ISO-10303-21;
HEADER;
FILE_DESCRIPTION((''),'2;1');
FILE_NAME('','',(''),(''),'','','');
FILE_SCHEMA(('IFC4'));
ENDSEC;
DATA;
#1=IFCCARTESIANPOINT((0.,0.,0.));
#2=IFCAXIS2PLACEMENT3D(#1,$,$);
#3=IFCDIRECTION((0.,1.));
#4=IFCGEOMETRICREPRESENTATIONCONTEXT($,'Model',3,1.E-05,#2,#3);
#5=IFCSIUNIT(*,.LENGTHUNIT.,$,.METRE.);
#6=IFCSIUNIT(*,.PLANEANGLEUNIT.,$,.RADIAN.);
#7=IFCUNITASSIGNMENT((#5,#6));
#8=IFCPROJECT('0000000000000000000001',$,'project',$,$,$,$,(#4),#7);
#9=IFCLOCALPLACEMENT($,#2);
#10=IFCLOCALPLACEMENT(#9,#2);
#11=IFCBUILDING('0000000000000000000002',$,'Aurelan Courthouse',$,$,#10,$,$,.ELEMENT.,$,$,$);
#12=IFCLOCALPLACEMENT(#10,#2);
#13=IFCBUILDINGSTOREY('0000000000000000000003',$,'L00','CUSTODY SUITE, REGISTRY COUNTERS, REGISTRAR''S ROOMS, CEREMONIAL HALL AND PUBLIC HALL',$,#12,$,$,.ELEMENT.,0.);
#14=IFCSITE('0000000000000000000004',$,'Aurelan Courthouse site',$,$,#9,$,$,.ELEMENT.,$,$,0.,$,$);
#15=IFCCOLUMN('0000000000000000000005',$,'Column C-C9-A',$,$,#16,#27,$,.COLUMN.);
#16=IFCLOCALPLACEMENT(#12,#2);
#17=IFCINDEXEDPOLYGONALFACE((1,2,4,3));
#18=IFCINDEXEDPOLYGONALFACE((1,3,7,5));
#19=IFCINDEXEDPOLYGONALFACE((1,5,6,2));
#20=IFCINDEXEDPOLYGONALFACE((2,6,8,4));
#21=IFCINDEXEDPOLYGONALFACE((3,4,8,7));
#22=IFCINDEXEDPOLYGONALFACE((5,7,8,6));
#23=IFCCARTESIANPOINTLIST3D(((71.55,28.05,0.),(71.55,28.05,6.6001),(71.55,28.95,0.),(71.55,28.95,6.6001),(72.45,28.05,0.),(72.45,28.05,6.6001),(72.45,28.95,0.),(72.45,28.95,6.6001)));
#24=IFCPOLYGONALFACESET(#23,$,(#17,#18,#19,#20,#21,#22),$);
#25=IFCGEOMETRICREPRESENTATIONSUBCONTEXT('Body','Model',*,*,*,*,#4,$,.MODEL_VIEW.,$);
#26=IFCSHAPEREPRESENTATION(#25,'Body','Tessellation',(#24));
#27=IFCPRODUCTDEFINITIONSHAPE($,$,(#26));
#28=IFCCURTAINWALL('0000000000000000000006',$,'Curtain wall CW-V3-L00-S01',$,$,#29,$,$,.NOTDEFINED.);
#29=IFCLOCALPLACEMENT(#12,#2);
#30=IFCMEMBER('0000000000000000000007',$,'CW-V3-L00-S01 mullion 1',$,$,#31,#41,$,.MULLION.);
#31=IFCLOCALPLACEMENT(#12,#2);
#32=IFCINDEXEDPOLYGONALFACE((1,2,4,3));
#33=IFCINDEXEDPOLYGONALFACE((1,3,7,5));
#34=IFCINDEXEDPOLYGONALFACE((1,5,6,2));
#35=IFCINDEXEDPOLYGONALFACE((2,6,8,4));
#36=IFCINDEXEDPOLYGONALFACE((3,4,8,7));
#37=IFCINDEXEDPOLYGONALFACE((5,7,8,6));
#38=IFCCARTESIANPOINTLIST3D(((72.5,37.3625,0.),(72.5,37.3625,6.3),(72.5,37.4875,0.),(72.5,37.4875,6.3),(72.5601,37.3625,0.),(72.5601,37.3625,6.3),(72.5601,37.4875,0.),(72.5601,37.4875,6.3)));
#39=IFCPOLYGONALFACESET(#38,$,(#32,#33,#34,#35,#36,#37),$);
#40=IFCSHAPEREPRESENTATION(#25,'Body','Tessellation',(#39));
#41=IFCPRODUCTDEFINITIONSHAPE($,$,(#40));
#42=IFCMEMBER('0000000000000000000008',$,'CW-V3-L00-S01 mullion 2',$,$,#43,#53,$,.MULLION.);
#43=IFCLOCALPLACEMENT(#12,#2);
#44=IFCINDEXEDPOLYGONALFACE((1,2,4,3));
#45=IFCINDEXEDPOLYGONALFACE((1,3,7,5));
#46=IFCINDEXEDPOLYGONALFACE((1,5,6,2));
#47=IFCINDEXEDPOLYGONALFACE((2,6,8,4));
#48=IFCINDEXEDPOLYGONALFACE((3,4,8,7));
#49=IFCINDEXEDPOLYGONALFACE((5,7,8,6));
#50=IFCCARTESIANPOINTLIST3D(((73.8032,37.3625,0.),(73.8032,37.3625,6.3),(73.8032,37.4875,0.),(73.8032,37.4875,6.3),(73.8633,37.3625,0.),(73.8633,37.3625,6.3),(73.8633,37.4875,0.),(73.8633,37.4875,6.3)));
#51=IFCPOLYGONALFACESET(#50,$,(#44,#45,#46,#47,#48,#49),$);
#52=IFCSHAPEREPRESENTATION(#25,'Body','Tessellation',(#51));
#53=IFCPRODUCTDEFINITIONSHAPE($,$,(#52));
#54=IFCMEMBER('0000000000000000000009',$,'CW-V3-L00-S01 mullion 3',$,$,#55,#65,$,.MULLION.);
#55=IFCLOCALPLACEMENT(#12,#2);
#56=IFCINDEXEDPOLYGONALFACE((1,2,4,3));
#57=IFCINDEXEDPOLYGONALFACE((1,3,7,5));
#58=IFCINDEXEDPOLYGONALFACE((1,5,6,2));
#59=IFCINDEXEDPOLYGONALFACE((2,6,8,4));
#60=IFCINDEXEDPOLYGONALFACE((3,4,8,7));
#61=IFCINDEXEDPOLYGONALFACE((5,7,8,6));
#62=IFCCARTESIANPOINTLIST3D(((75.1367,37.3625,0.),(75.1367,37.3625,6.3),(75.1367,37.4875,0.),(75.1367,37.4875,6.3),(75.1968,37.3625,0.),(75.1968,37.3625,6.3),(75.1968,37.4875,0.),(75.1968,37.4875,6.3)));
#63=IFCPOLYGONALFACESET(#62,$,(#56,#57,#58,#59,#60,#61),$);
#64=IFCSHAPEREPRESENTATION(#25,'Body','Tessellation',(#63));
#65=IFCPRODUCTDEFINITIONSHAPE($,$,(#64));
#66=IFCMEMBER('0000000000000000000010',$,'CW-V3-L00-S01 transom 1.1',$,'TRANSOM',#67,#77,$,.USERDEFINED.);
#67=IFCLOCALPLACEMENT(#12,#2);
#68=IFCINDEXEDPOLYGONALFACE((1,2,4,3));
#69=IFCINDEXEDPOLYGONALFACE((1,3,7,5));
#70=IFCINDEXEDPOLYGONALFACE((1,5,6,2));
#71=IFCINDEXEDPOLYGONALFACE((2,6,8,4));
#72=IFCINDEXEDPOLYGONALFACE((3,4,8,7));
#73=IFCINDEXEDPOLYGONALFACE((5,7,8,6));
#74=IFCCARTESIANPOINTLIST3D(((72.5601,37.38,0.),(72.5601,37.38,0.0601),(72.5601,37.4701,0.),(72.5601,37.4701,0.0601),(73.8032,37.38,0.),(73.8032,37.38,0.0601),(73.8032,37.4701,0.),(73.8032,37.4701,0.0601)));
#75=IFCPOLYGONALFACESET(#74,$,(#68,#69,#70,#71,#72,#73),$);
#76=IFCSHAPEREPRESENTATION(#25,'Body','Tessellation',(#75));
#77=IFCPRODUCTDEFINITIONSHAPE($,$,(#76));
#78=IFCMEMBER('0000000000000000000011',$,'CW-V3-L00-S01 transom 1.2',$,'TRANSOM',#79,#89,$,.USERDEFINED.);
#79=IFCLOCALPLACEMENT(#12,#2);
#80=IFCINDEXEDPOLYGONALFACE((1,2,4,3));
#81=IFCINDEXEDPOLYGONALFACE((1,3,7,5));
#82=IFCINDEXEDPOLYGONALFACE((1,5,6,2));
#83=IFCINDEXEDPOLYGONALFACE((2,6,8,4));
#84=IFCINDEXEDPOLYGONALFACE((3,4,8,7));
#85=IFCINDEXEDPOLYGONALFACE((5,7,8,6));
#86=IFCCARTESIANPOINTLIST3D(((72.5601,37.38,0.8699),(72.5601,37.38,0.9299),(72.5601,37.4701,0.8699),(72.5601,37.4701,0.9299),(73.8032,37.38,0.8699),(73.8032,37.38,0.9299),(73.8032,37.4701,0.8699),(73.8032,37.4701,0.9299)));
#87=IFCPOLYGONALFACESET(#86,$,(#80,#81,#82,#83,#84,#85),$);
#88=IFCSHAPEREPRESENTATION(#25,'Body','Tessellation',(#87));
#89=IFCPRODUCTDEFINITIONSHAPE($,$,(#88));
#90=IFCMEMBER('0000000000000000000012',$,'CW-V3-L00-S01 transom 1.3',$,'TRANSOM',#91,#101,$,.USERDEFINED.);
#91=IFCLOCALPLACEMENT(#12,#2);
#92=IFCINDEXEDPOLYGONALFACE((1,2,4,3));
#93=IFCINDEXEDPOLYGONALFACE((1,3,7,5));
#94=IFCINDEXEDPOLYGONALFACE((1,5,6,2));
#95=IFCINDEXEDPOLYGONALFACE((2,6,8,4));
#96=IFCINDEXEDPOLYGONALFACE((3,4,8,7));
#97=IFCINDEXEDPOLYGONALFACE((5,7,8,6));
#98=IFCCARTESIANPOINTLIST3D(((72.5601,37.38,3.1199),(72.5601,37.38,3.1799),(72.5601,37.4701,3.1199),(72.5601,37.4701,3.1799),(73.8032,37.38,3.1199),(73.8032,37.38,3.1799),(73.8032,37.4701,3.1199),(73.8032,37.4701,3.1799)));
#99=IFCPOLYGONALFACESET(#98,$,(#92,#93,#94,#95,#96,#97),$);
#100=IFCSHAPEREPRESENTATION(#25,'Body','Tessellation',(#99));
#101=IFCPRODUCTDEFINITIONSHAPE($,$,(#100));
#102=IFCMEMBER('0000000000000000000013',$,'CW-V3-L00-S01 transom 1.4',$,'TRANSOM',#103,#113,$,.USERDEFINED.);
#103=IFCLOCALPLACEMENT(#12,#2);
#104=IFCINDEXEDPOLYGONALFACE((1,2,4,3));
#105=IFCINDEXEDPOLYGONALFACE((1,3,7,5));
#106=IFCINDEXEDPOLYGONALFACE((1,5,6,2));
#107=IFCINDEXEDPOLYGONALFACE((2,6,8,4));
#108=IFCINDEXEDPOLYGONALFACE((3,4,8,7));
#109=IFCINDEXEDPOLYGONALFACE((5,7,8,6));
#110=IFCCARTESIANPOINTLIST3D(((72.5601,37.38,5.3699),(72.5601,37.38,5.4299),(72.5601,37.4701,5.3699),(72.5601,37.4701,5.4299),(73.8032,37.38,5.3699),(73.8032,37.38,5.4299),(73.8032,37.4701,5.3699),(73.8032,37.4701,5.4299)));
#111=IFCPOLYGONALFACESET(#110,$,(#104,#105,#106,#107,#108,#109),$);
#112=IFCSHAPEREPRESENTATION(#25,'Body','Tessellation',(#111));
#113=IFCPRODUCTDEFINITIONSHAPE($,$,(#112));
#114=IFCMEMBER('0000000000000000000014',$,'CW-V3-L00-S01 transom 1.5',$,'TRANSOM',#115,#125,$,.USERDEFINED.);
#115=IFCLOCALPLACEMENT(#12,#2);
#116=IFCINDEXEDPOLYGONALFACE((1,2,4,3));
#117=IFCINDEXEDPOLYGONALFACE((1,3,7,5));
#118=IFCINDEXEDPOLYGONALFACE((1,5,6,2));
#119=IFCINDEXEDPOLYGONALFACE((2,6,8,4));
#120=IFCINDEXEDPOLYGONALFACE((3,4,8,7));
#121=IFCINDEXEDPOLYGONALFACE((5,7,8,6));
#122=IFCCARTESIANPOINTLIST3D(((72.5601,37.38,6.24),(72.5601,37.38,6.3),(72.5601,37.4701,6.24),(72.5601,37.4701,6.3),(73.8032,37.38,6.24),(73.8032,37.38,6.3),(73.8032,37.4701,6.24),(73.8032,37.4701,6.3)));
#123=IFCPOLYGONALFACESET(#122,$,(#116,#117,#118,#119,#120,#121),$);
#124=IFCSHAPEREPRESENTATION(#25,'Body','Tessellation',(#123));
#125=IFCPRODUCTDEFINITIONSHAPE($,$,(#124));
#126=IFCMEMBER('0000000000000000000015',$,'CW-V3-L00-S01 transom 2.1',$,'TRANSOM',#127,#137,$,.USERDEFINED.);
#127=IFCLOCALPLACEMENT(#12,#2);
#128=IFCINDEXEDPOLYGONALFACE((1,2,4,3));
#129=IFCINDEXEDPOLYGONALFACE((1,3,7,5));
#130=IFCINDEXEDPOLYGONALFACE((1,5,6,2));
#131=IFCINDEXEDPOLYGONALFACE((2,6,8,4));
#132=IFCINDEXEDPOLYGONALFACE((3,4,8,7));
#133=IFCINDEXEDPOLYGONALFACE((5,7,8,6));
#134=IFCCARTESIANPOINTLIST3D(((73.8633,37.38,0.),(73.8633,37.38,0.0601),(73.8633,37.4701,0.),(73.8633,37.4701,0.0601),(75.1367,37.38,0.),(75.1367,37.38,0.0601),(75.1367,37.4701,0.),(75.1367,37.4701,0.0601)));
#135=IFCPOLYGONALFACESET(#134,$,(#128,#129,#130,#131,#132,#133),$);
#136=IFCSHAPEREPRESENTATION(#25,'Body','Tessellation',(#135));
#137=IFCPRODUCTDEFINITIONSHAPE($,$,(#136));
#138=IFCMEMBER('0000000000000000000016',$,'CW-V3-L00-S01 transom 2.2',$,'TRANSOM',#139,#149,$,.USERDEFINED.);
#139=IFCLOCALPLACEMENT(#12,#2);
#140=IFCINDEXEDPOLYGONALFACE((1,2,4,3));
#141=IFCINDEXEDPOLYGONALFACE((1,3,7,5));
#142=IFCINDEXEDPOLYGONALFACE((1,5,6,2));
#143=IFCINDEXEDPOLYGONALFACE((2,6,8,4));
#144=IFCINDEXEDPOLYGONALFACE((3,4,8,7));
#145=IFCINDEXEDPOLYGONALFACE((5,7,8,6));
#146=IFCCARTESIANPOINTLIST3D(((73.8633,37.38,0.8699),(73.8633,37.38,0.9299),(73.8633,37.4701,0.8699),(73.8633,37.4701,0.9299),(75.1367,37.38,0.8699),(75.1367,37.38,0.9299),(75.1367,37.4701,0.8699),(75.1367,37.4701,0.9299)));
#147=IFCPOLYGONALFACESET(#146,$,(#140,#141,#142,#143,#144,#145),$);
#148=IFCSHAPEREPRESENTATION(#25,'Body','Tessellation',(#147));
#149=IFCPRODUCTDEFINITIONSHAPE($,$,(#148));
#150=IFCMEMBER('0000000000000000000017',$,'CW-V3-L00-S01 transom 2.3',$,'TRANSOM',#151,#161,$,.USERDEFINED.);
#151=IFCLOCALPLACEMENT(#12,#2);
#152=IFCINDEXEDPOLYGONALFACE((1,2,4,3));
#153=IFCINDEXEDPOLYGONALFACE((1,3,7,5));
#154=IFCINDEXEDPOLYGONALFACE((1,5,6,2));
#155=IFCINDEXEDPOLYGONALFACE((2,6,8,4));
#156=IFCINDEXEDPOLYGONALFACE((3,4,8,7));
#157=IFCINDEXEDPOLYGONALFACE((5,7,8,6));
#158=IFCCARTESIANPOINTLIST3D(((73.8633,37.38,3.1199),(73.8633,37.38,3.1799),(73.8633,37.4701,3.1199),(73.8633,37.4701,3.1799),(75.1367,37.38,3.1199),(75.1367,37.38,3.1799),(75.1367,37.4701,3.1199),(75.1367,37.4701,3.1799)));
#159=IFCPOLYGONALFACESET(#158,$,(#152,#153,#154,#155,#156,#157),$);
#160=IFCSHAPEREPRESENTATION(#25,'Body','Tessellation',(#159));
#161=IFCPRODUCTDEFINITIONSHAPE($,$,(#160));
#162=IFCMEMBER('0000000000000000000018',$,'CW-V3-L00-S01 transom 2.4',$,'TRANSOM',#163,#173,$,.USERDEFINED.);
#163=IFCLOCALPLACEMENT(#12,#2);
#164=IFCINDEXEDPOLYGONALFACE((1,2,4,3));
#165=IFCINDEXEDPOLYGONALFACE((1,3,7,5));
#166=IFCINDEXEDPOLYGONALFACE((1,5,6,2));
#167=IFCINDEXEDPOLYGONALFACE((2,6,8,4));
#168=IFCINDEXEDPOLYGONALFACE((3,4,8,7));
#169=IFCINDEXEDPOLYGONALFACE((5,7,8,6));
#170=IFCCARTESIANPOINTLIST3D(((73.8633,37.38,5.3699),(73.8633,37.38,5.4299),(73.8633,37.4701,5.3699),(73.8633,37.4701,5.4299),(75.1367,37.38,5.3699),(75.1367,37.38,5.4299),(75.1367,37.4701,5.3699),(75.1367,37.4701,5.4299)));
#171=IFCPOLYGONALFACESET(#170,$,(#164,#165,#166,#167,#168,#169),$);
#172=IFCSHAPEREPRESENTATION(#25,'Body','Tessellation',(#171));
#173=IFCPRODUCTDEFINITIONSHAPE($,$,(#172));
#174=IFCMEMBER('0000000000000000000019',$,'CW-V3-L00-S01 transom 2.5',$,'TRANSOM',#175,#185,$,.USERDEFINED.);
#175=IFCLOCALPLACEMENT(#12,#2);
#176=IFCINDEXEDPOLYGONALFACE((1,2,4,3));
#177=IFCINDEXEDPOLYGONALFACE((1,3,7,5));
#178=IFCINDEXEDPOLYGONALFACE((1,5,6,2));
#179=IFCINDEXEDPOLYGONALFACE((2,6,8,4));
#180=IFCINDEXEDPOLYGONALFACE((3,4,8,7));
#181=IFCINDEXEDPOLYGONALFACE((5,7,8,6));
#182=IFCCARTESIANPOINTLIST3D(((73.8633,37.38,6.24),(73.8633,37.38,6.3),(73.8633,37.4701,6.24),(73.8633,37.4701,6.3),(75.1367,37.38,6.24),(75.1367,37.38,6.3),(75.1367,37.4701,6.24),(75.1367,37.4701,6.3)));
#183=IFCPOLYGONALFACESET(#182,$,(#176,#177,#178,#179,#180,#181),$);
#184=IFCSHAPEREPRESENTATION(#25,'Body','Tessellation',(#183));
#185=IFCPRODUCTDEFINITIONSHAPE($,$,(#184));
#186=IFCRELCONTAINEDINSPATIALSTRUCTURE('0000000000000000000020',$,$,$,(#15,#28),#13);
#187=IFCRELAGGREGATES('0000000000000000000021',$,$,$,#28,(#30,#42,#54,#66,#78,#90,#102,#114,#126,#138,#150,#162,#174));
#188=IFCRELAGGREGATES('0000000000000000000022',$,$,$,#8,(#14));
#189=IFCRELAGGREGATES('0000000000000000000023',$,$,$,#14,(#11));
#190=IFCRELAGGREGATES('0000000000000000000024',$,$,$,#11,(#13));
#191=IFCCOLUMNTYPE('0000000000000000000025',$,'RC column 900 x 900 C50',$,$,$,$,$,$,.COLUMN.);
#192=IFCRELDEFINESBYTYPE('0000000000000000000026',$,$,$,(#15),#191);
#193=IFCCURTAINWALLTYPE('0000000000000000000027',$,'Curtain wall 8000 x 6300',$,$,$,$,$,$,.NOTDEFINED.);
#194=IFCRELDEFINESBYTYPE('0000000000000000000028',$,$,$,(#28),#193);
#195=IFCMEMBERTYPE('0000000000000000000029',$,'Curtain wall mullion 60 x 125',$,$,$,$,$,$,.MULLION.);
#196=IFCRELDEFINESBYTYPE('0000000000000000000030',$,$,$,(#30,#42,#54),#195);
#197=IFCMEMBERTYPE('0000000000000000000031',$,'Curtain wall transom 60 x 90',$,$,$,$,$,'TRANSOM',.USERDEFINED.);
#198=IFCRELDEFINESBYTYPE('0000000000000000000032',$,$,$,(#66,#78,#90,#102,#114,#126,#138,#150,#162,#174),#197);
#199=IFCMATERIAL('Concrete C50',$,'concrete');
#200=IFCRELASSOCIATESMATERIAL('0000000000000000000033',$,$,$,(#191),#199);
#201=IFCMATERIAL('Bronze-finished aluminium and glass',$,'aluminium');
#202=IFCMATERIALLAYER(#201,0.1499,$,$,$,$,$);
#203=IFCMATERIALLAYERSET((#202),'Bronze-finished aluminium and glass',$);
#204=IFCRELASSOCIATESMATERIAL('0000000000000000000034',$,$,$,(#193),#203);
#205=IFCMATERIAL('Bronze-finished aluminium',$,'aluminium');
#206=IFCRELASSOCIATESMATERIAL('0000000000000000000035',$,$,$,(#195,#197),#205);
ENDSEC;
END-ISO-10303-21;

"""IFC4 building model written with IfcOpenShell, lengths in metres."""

from ifc_helpers import new_model, si_unit, direction, frame, origin, origin_2d, place, context, subcontext, project, spatial, rectangle, extrude, material, layer, layer_set, material_profile, profile_set, type_object, element, aggregate, save


model = new_model("IFC4")

# Units and contexts
model_context = context("Model", 3, precision=1e-05, world=origin(), true_north=direction((0.0, 1.0)))
body_context = subcontext(model_context, "Body", "Model", "MODEL_VIEW")
ifc_project = project(units=[si_unit("LENGTHUNIT", "METRE"), si_unit("PLANEANGLEUNIT", "RADIAN")], contexts=[model_context])

# Site, building, storey
site_placement = place(None, origin())
site = spatial("IfcSite", under=ifc_project, at=site_placement, Name="Aurelan Courthouse site", CompositionType="ELEMENT", RefElevation=0.0)
building_placement = place(site_placement, origin())
building = spatial("IfcBuilding", under=site, at=building_placement, Name="Aurelan Courthouse", CompositionType="ELEMENT")
storey_placement = place(building_placement, origin())
storey = spatial("IfcBuildingStorey", under=building, at=storey_placement, Name="L00", Description="CUSTODY SUITE, REGISTRY COUNTERS, REGISTRAR'S ROOMS, CEREMONIAL HALL AND PUBLIC HALL", CompositionType="ELEMENT", Elevation=0.0)

# Column
ifc_material_1 = material(Name="Concrete C50", Category="concrete")
ifc_material_profile_1 = material_profile(ifc_material_1, rectangle(XDim=0.8999, YDim=0.8999, at=origin_2d()), Name="RC 900 x 900")
ifc_profile_set_1 = profile_set([ifc_material_profile_1], Name="Concrete C50")
column_type = type_object("IfcColumnType", Name="RC column 900 x 900 C50", PredefinedType="COLUMN", material=ifc_profile_set_1)
column_placement = place(storey_placement, frame((72.0, 28.5, 0.0), z_axis=(0.0, 0.0, 1.0), x_axis=(1.0, 0.0, 0.0)))
element("IfcColumn", 1, at=column_placement, inside=storey, type_object=column_type, Name="Column C-C9-A", PredefinedType="COLUMN", context=body_context, shape_type="SweptSolid", body=[
    extrude(rectangle(XDim=0.8999, YDim=0.8999, at=origin_2d()), origin(), (0.0, 0.0, 1.0), 6.6001),
])

# Curtain wall, members
ifc_material_2 = material(Name="Bronze-finished aluminium and glass", Category="aluminium")
ifc_layer_1 = layer(ifc_material_2, 0.1499)
ifc_layer_set_1 = layer_set([ifc_layer_1], Name="Bronze-finished aluminium and glass")
curtain_wall_type = type_object("IfcCurtainWallType", Name="Curtain wall 8000 x 6300", PredefinedType="NOTDEFINED", material=ifc_layer_set_1)
curtain_wall_placement = place(storey_placement, origin())
curtain_wall = element("IfcCurtainWall", 2, at=curtain_wall_placement, inside=storey, type_object=curtain_wall_type, Name="Curtain wall CW-V3-L00-S01", PredefinedType="NOTDEFINED")
ifc_material_3 = material(Name="Bronze-finished aluminium", Category="aluminium")
ifc_material_profile_2 = material_profile(ifc_material_3, rectangle(XDim=0.125, YDim=0.0601, at=origin_2d()), Name="Bronze mullion 60 x 125")
ifc_profile_set_2 = profile_set([ifc_material_profile_2], Name="Bronze-finished aluminium")
member_type_1 = type_object("IfcMemberType", Name="Curtain wall mullion 60 x 125", PredefinedType="MULLION", material=ifc_profile_set_2)
member_1_placement = place(storey_placement, frame((72.53, 37.425, 0.0), z_axis=(0.0, 0.0, 1.0), x_axis=(0.0, 1.0, 0.0)))
member_1 = element("IfcMember", 3, at=member_1_placement, type_object=member_type_1, Name="CW-V3-L00-S01 mullion 1", PredefinedType="MULLION", context=body_context, shape_type="SweptSolid", body=[
    extrude(rectangle(XDim=0.125, YDim=0.0601, at=origin_2d()), origin(), (0.0, 0.0, 1.0), 6.3),
])
member_2_placement = place(storey_placement, frame((73.8333, 37.425, 0.0), z_axis=(0.0, 0.0, 1.0), x_axis=(0.0, 1.0, 0.0)))
member_2 = element("IfcMember", 4, at=member_2_placement, type_object=member_type_1, Name="CW-V3-L00-S01 mullion 2", PredefinedType="MULLION", context=body_context, shape_type="SweptSolid", body=[
    extrude(rectangle(XDim=0.125, YDim=0.0601, at=origin_2d()), origin(), (0.0, 0.0, 1.0), 6.3),
])
member_3_placement = place(storey_placement, frame((75.1667, 37.425, 0.0), z_axis=(0.0, 0.0, 1.0), x_axis=(0.0, 1.0, 0.0)))
member_3 = element("IfcMember", 5, at=member_3_placement, type_object=member_type_1, Name="CW-V3-L00-S01 mullion 3", PredefinedType="MULLION", context=body_context, shape_type="SweptSolid", body=[
    extrude(rectangle(XDim=0.125, YDim=0.0601, at=origin_2d()), origin(), (0.0, 0.0, 1.0), 6.3),
])
ifc_material_profile_3 = material_profile(ifc_material_3, rectangle(XDim=0.0901, YDim=0.0601, at=origin_2d()), Name="Bronze transom 60 x 90")
ifc_profile_set_3 = profile_set([ifc_material_profile_3], Name="Bronze-finished aluminium")
member_type_2 = type_object("IfcMemberType", Name="Curtain wall transom 60 x 90", ElementType="TRANSOM", PredefinedType="USERDEFINED", material=ifc_profile_set_3)
member_4_placement = place(storey_placement, frame((72.5601, 37.425, 0.03), z_axis=(1.0, 0.0, 0.0), x_axis=(0.0, 1.0, 0.0)))
member_4 = element("IfcMember", 6, at=member_4_placement, type_object=member_type_2, Name="CW-V3-L00-S01 transom 1.1", ObjectType="TRANSOM", PredefinedType="USERDEFINED", context=body_context, shape_type="SweptSolid", body=[
    extrude(rectangle(XDim=0.0901, YDim=0.0601, at=origin_2d()), origin(), (0.0, 0.0, 1.0), 1.2432),
])
member_5_placement = place(storey_placement, frame((72.5601, 37.425, 0.8999), z_axis=(1.0, 0.0, 0.0), x_axis=(0.0, 1.0, 0.0)))
member_5 = element("IfcMember", 7, at=member_5_placement, type_object=member_type_2, Name="CW-V3-L00-S01 transom 1.2", ObjectType="TRANSOM", PredefinedType="USERDEFINED", context=body_context, shape_type="SweptSolid", body=[
    extrude(rectangle(XDim=0.0901, YDim=0.0601, at=origin_2d()), origin(), (0.0, 0.0, 1.0), 1.2432),
])
member_6_placement = place(storey_placement, frame((72.5601, 37.425, 3.1499), z_axis=(1.0, 0.0, 0.0), x_axis=(0.0, 1.0, 0.0)))
member_6 = element("IfcMember", 8, at=member_6_placement, type_object=member_type_2, Name="CW-V3-L00-S01 transom 1.3", ObjectType="TRANSOM", PredefinedType="USERDEFINED", context=body_context, shape_type="SweptSolid", body=[
    extrude(rectangle(XDim=0.0901, YDim=0.0601, at=origin_2d()), origin(), (0.0, 0.0, 1.0), 1.2432),
])
member_7_placement = place(storey_placement, frame((72.5601, 37.425, 5.3999), z_axis=(1.0, 0.0, 0.0), x_axis=(0.0, 1.0, 0.0)))
member_7 = element("IfcMember", 9, at=member_7_placement, type_object=member_type_2, Name="CW-V3-L00-S01 transom 1.4", ObjectType="TRANSOM", PredefinedType="USERDEFINED", context=body_context, shape_type="SweptSolid", body=[
    extrude(rectangle(XDim=0.0901, YDim=0.0601, at=origin_2d()), origin(), (0.0, 0.0, 1.0), 1.2432),
])
member_8_placement = place(storey_placement, frame((72.5601, 37.425, 6.27), z_axis=(1.0, 0.0, 0.0), x_axis=(0.0, 1.0, 0.0)))
member_8 = element("IfcMember", 10, at=member_8_placement, type_object=member_type_2, Name="CW-V3-L00-S01 transom 1.5", ObjectType="TRANSOM", PredefinedType="USERDEFINED", context=body_context, shape_type="SweptSolid", body=[
    extrude(rectangle(XDim=0.0901, YDim=0.0601, at=origin_2d()), origin(), (0.0, 0.0, 1.0), 1.2432),
])
member_9_placement = place(storey_placement, frame((73.8633, 37.425, 0.03), z_axis=(1.0, 0.0, 0.0), x_axis=(0.0, 1.0, 0.0)))
member_9 = element("IfcMember", 11, at=member_9_placement, type_object=member_type_2, Name="CW-V3-L00-S01 transom 2.1", ObjectType="TRANSOM", PredefinedType="USERDEFINED", context=body_context, shape_type="SweptSolid", body=[
    extrude(rectangle(XDim=0.0901, YDim=0.0601, at=origin_2d()), origin(), (0.0, 0.0, 1.0), 1.2734),
])
member_10_placement = place(storey_placement, frame((73.8633, 37.425, 0.8999), z_axis=(1.0, 0.0, 0.0), x_axis=(0.0, 1.0, 0.0)))
member_10 = element("IfcMember", 12, at=member_10_placement, type_object=member_type_2, Name="CW-V3-L00-S01 transom 2.2", ObjectType="TRANSOM", PredefinedType="USERDEFINED", context=body_context, shape_type="SweptSolid", body=[
    extrude(rectangle(XDim=0.0901, YDim=0.0601, at=origin_2d()), origin(), (0.0, 0.0, 1.0), 1.2734),
])
member_11_placement = place(storey_placement, frame((73.8633, 37.425, 3.1499), z_axis=(1.0, 0.0, 0.0), x_axis=(0.0, 1.0, 0.0)))
member_11 = element("IfcMember", 13, at=member_11_placement, type_object=member_type_2, Name="CW-V3-L00-S01 transom 2.3", ObjectType="TRANSOM", PredefinedType="USERDEFINED", context=body_context, shape_type="SweptSolid", body=[
    extrude(rectangle(XDim=0.0901, YDim=0.0601, at=origin_2d()), origin(), (0.0, 0.0, 1.0), 1.2734),
])
member_12_placement = place(storey_placement, frame((73.8633, 37.425, 5.3999), z_axis=(1.0, 0.0, 0.0), x_axis=(0.0, 1.0, 0.0)))
member_12 = element("IfcMember", 14, at=member_12_placement, type_object=member_type_2, Name="CW-V3-L00-S01 transom 2.4", ObjectType="TRANSOM", PredefinedType="USERDEFINED", context=body_context, shape_type="SweptSolid", body=[
    extrude(rectangle(XDim=0.0901, YDim=0.0601, at=origin_2d()), origin(), (0.0, 0.0, 1.0), 1.2734),
])
member_13_placement = place(storey_placement, frame((73.8633, 37.425, 6.27), z_axis=(1.0, 0.0, 0.0), x_axis=(0.0, 1.0, 0.0)))
member_13 = element("IfcMember", 15, at=member_13_placement, type_object=member_type_2, Name="CW-V3-L00-S01 transom 2.5", ObjectType="TRANSOM", PredefinedType="USERDEFINED", context=body_context, shape_type="SweptSolid", body=[
    extrude(rectangle(XDim=0.0901, YDim=0.0601, at=origin_2d()), origin(), (0.0, 0.0, 1.0), 1.2734),
])

aggregate(curtain_wall, [member_1, member_2, member_3, member_4, member_5, member_6, member_7, member_8, member_9, member_10, member_11, member_12, member_13])

save(model, "model.ifc")
